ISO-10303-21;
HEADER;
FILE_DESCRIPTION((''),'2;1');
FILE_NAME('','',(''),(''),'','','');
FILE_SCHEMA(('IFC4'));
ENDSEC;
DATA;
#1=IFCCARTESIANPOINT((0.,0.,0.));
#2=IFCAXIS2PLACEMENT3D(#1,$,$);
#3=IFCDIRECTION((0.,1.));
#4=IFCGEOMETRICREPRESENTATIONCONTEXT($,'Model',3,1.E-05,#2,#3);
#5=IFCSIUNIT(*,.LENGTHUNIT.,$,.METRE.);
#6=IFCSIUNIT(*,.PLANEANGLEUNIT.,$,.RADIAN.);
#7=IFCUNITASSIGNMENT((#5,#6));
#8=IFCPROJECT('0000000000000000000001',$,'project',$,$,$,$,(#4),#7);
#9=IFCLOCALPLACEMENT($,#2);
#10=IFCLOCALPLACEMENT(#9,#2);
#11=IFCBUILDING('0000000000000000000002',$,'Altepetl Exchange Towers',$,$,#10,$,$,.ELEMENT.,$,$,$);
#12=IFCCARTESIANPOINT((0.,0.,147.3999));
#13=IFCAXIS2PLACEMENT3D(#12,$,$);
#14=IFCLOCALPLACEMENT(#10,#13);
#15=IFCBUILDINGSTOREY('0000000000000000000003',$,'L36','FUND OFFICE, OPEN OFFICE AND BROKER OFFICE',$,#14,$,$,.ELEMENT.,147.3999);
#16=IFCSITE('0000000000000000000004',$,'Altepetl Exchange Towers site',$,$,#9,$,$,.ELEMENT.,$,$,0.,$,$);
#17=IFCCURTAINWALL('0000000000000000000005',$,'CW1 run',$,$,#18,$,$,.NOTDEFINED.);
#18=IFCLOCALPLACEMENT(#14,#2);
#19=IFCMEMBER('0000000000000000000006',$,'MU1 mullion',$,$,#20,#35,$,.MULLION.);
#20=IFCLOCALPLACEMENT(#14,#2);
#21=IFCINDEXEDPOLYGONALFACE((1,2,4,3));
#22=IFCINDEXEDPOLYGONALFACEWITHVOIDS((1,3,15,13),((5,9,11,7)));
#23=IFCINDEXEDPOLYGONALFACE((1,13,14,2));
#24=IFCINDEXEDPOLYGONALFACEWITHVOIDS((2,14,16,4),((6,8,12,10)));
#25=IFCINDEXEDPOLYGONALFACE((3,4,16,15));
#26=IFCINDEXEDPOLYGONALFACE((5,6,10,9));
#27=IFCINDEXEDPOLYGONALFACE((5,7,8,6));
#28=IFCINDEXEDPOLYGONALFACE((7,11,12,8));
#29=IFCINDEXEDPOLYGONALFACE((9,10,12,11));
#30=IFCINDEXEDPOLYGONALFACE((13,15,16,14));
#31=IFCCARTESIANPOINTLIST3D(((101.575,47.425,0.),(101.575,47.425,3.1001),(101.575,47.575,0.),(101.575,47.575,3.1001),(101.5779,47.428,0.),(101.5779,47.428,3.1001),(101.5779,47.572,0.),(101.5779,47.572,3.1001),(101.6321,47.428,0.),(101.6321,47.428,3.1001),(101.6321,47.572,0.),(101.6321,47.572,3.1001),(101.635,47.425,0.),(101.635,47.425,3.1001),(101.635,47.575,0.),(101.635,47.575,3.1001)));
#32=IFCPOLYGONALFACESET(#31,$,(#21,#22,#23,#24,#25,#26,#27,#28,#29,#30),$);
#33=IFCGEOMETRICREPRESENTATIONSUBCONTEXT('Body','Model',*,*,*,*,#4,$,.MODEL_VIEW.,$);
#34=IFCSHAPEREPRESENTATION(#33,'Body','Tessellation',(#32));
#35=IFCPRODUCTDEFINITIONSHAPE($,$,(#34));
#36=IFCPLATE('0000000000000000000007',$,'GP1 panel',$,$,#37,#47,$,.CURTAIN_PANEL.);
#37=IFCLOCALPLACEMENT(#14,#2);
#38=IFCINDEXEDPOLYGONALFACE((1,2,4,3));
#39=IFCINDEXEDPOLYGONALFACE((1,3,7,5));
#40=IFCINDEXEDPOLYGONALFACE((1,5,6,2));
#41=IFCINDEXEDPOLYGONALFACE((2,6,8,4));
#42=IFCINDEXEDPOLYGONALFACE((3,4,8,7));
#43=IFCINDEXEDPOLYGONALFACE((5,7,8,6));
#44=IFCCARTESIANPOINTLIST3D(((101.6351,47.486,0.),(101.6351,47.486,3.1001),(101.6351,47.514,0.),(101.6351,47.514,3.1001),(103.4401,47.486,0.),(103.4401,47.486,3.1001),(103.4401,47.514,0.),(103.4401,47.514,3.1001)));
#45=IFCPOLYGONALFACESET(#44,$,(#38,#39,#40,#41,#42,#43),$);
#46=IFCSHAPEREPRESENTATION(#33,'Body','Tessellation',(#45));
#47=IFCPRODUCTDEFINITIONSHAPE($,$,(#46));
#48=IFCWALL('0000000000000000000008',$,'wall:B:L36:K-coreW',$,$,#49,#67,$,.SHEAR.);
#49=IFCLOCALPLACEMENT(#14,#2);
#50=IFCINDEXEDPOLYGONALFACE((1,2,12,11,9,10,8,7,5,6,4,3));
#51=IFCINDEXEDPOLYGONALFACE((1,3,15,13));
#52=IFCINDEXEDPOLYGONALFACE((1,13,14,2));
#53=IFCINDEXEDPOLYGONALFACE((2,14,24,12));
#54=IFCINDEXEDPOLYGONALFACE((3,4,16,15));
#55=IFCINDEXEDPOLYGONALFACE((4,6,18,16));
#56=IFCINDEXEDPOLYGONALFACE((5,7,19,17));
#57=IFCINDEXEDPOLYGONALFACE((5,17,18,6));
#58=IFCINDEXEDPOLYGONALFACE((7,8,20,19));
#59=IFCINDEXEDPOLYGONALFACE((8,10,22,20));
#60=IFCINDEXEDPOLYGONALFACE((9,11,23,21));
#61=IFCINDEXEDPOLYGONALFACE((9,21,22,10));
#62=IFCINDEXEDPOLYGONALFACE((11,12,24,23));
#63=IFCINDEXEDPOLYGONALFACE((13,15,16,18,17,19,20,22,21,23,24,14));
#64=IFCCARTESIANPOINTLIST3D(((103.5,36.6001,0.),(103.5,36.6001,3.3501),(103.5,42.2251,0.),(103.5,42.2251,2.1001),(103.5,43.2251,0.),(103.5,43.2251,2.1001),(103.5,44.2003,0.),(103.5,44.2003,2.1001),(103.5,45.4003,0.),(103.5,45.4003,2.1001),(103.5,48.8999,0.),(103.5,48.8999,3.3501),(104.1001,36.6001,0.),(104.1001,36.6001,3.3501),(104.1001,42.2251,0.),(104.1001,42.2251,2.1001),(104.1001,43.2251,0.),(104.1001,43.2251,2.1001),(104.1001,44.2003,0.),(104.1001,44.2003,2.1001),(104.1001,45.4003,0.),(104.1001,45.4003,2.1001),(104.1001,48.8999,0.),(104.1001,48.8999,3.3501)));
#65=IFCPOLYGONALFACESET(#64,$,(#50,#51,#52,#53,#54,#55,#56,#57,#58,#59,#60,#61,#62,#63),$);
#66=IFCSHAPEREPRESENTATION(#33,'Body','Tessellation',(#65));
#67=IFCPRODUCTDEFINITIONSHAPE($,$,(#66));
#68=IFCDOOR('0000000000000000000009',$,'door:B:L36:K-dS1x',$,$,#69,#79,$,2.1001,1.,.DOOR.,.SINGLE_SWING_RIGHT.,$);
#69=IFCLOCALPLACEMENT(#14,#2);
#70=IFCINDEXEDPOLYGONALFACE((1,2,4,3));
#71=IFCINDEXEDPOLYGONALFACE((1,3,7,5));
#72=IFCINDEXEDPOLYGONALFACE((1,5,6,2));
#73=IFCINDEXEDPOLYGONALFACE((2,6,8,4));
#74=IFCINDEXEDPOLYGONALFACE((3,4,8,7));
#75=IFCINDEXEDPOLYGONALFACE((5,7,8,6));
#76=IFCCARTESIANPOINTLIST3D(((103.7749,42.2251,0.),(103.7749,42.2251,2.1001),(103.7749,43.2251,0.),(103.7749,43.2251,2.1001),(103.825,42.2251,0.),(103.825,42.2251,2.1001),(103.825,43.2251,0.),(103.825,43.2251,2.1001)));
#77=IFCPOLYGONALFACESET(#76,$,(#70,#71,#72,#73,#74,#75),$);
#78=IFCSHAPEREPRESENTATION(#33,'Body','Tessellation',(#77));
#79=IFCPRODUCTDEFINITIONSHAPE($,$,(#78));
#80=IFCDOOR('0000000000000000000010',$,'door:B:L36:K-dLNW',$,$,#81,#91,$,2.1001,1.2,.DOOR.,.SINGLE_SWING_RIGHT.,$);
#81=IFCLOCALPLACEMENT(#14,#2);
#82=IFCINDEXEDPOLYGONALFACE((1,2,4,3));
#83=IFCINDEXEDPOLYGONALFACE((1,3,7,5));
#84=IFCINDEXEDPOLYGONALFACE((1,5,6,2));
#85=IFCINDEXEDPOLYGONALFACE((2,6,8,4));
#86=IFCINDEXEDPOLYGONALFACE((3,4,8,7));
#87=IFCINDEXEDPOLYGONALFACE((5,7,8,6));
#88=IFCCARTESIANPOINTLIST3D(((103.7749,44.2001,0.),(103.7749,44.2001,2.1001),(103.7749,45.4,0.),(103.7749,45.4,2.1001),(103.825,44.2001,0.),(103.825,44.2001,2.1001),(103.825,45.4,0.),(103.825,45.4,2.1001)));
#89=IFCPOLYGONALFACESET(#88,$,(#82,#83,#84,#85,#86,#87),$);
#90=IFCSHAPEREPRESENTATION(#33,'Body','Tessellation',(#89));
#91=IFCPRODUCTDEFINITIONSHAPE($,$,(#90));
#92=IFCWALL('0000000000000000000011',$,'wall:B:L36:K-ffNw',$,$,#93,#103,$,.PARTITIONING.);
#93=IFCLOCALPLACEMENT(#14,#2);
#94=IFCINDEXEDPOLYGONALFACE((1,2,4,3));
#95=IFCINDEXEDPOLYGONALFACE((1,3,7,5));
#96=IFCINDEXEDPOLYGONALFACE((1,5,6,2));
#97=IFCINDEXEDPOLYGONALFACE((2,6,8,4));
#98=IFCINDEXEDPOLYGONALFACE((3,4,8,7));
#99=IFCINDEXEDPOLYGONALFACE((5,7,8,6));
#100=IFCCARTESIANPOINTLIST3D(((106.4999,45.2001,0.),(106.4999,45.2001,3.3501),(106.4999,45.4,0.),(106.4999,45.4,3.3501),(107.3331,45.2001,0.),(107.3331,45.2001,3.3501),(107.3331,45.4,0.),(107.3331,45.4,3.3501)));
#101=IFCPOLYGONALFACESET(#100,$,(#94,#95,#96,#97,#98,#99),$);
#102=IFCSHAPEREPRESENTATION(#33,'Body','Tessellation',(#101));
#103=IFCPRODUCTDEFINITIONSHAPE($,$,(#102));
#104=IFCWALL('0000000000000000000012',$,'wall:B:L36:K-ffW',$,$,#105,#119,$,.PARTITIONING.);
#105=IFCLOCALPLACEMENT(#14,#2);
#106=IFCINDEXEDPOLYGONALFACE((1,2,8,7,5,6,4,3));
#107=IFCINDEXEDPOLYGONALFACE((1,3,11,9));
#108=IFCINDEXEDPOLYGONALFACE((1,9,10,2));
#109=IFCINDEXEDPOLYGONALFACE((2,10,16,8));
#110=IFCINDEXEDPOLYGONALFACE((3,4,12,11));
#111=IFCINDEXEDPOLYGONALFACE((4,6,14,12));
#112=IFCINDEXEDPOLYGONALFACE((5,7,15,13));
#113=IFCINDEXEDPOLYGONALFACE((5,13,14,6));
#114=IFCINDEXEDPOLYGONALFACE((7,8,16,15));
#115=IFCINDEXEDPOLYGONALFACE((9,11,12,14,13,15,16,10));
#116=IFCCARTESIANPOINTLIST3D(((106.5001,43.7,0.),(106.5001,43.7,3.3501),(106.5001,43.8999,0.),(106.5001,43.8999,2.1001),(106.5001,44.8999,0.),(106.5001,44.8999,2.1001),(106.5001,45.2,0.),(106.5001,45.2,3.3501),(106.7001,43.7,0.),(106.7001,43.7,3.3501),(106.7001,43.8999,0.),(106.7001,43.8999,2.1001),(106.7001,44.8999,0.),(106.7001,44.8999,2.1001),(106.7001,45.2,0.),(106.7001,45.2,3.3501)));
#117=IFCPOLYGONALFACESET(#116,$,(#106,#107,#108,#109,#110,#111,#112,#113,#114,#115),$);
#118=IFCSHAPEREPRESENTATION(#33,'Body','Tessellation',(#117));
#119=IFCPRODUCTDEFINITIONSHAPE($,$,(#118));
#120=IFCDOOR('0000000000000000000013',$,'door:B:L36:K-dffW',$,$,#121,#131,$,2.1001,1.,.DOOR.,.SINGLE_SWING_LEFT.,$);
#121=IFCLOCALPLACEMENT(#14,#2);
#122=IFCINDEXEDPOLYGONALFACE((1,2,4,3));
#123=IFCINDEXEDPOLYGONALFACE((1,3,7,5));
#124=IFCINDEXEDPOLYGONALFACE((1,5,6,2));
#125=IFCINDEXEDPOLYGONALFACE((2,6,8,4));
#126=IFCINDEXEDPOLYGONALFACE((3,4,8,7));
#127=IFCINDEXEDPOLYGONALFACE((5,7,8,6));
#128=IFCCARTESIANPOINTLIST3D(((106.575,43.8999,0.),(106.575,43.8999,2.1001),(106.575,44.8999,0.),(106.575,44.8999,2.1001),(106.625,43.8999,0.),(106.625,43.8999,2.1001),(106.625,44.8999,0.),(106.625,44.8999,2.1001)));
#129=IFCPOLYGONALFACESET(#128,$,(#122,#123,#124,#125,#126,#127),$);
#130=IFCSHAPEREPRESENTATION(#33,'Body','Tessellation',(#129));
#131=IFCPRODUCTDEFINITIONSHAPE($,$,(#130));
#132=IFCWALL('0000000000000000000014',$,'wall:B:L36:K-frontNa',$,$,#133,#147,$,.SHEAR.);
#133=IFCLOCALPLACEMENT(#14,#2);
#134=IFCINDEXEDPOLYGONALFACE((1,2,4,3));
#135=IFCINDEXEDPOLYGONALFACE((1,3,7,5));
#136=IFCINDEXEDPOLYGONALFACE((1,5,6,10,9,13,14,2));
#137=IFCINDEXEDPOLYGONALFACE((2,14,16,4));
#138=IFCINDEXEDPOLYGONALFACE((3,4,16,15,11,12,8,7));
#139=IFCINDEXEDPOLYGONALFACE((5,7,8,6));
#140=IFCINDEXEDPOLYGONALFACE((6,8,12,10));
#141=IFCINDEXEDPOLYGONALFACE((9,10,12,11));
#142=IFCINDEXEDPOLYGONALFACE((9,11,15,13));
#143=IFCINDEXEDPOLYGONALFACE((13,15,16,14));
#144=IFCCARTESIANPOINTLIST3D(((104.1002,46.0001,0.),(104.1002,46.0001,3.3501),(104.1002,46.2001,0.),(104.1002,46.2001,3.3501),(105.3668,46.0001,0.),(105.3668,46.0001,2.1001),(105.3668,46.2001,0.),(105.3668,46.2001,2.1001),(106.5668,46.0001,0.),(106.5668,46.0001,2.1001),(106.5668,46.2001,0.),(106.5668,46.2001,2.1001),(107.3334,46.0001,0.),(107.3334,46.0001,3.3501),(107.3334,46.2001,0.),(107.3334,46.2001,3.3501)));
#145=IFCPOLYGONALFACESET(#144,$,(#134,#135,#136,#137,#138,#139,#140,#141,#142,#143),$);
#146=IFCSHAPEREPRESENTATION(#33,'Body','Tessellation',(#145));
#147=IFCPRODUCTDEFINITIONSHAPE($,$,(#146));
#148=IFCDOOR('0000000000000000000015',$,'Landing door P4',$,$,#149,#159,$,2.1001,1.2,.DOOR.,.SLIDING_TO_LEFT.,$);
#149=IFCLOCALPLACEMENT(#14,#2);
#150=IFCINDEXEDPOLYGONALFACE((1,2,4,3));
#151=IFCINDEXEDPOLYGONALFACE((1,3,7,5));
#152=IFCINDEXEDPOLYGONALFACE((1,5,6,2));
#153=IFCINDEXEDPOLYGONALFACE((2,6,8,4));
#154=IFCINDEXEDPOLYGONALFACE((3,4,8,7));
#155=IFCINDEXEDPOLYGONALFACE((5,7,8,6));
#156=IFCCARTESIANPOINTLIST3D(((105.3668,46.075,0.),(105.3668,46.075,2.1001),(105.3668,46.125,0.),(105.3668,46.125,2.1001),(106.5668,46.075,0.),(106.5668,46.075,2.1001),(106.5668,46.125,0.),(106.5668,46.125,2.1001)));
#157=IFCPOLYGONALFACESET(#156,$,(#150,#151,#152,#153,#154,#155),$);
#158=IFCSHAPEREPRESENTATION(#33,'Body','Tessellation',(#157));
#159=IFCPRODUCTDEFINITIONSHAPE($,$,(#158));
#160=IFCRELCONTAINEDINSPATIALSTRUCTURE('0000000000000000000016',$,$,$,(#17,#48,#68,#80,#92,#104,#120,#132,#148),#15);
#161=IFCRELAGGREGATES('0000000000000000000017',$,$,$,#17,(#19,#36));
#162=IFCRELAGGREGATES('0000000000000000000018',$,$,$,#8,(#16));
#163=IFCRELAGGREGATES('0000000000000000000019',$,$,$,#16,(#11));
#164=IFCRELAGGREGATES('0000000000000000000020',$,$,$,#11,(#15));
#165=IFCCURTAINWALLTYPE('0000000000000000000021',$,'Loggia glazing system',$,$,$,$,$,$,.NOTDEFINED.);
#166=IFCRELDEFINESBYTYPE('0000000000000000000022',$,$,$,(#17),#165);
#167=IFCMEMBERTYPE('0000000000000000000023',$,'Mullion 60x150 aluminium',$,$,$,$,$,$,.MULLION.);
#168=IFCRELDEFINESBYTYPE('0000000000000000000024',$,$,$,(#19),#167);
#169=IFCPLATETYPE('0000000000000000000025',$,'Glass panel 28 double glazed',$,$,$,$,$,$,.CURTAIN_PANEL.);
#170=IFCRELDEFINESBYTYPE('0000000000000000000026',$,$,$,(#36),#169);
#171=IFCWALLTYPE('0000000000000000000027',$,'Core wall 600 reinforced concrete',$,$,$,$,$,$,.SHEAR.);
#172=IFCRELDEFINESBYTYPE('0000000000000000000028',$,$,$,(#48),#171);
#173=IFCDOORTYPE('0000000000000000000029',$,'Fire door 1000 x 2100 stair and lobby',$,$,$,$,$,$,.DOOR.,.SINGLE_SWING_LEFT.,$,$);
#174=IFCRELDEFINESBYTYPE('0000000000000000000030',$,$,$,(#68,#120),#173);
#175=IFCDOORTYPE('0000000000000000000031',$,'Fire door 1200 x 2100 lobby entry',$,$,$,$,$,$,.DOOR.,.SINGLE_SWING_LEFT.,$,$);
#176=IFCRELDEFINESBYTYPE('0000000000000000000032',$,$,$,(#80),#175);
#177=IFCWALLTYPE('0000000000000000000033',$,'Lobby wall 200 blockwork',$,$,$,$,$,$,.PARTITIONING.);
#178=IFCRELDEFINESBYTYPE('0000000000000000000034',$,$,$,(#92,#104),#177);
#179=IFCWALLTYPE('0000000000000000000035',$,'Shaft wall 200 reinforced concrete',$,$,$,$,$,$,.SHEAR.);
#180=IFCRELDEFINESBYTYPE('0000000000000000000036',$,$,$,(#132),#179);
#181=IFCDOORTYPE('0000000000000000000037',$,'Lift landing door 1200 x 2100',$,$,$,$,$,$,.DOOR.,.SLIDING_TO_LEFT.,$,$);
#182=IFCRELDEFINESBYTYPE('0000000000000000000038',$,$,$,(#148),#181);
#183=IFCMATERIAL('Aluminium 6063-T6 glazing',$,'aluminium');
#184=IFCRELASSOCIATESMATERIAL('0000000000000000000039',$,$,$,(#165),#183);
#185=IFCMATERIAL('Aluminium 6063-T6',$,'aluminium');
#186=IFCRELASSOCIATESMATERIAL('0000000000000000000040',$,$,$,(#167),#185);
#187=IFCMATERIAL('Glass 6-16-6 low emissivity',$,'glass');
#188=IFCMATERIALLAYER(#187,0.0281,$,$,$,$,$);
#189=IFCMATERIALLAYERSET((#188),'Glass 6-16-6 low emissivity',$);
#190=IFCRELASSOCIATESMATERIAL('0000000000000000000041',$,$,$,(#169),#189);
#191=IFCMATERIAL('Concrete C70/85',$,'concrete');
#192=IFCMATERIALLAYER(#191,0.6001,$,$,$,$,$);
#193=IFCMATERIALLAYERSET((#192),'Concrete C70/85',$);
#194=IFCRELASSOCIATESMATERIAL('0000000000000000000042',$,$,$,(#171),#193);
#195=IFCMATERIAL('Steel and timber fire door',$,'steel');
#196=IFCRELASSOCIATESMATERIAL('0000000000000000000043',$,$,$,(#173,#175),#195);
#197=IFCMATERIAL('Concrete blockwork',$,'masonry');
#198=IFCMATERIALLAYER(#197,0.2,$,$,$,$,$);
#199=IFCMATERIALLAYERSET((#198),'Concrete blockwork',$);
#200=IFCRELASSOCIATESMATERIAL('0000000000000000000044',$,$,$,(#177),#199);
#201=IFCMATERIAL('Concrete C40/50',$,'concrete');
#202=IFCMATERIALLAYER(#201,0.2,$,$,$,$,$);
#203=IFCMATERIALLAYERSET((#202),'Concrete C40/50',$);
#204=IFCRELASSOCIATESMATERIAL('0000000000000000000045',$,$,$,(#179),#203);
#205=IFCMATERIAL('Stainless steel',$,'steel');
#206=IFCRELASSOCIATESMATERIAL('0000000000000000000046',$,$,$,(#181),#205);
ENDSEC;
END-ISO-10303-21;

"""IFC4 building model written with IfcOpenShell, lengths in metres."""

from ifc_helpers import new_model, si_unit, direction, frame, frame_2d, origin, origin_2d, place, context, subcontext, project, spatial, rectangle, hollow_rectangle, extrude, material, layer, layer_set, material_profile, profile_set, type_object, element, fill, aggregate, save


model = new_model("IFC4")

# Units and contexts
model_context = context("Model", 3, precision=1e-05, world=origin(), true_north=direction((0.0, 1.0)))
body_context = subcontext(model_context, "Body", "Model", "MODEL_VIEW")
ifc_project = project(units=[si_unit("LENGTHUNIT", "METRE"), si_unit("PLANEANGLEUNIT", "RADIAN")], contexts=[model_context])

# Site, building, storey
site_placement = place(None, origin())
site = spatial("IfcSite", under=ifc_project, at=site_placement, Name="Altepetl Exchange Towers site", CompositionType="ELEMENT", RefElevation=0.0)
building_placement = place(site_placement, origin())
building = spatial("IfcBuilding", under=site, at=building_placement, Name="Altepetl Exchange Towers", CompositionType="ELEMENT")
storey_placement = place(building_placement, frame((0.0, 0.0, 147.3999)))
storey = spatial("IfcBuildingStorey", under=building, at=storey_placement, Name="L36", Description="FUND OFFICE, OPEN OFFICE AND BROKER OFFICE", CompositionType="ELEMENT", Elevation=147.3999)

# Curtain wall, member, plate
ifc_material_1 = material(Name="Aluminium 6063-T6 glazing", Category="aluminium")
curtain_wall_type = type_object("IfcCurtainWallType", Name="Loggia glazing system", PredefinedType="NOTDEFINED", material=ifc_material_1)
curtain_wall_placement = place(storey_placement, origin())
curtain_wall = element("IfcCurtainWall", 1, at=curtain_wall_placement, inside=storey, type_object=curtain_wall_type, Name="CW1 run", PredefinedType="NOTDEFINED")
ifc_material_2 = material(Name="Aluminium 6063-T6", Category="aluminium")
ifc_material_profile = material_profile(ifc_material_2, hollow_rectangle(XDim=0.0601, YDim=0.1499, WallThickness=0.0029, at=origin_2d()), Name="Mullion 60x150 aluminium")
ifc_profile_set = profile_set([ifc_material_profile], Name="Aluminium 6063-T6")
member_type = type_object("IfcMemberType", Name="Mullion 60x150 aluminium", PredefinedType="MULLION", material=ifc_profile_set)
member_placement = place(storey_placement, frame((101.605, 47.5, 0.0), z_axis=(0.0, 0.0, 1.0), x_axis=(-1.0, 0.0, 0.0)))
member = element("IfcMember", 2, at=member_placement, type_object=member_type, Name="MU1 mullion", PredefinedType="MULLION", context=body_context, shape_type="SweptSolid", body=[
    extrude(hollow_rectangle(XDim=0.0601, YDim=0.1499, WallThickness=0.0029, at=origin_2d()), origin(), (0.0, 0.0, 1.0), 3.1001),
])
ifc_material_3 = material(Name="Glass 6-16-6 low emissivity", Category="glass")
ifc_layer_1 = layer(ifc_material_3, 0.0281)
ifc_layer_set_1 = layer_set([ifc_layer_1], Name="Glass 6-16-6 low emissivity")
plate_type = type_object("IfcPlateType", Name="Glass panel 28 double glazed", PredefinedType="CURTAIN_PANEL", material=ifc_layer_set_1)
plate_placement = place(storey_placement, frame((102.5376, 47.5, 0.0), z_axis=(0.0, 0.0, 1.0), x_axis=(-1.0, 0.0, 0.0)))
plate = element("IfcPlate", 3, at=plate_placement, type_object=plate_type, Name="GP1 panel", PredefinedType="CURTAIN_PANEL", context=body_context, shape_type="SweptSolid", body=[
    extrude(rectangle(XDim=1.8049, YDim=0.0281, at=origin_2d()), origin(), (0.0, 0.0, 1.0), 3.1001),
])
aggregate(curtain_wall, [member, plate])

# Wall, openings, doors
ifc_material_4 = material(Name="Concrete C70/85", Category="concrete")
ifc_layer_2 = layer(ifc_material_4, 0.6001)
ifc_layer_set_2 = layer_set([ifc_layer_2], Name="Concrete C70/85")
wall_type_1 = type_object("IfcWallType", Name="Core wall 600 reinforced concrete", PredefinedType="SHEAR", material=ifc_layer_set_2)
wall_1_placement = place(storey_placement, frame((103.8, 36.6001, 0.0), z_axis=(0.0, 0.0, 1.0), x_axis=(0.0, 1.0, 0.0)))
wall_1 = element("IfcWall", 4, at=wall_1_placement, inside=storey, type_object=wall_type_1, Name="wall:B:L36:K-coreW", PredefinedType="SHEAR", context=body_context, shape_type="SweptSolid", body=[
    extrude(rectangle(XDim=12.2998, YDim=0.6001, at=frame_2d((6.1499, 0.0))), origin(), (0.0, 0.0, 1.0), 3.3501),
])
opening_1_placement = place(wall_1_placement, frame((7.6001, 0.0, 0.0)))
opening_1 = element("IfcOpeningElement", 5, at=opening_1_placement, cuts=wall_1, PredefinedType="OPENING", context=body_context, shape_type="SweptSolid", body=[
    extrude(rectangle(XDim=1.2, YDim=2.1001, at=frame_2d((0.6001, 1.05))), frame((0.0, 0.3101, 0.0), z_axis=(0.0, -1.0, 0.0), x_axis=(1.0, 0.0, 0.0)), (0.0, 0.0, 1.0), 0.6201),
])
opening_2_placement = place(wall_1_placement, frame((5.625, 0.0, 0.0)))
opening_2 = element("IfcOpeningElement", 6, at=opening_2_placement, cuts=wall_1, PredefinedType="OPENING", context=body_context, shape_type="SweptSolid", body=[
    extrude(rectangle(XDim=1.0, YDim=2.1001, at=frame_2d((0.5, 1.05))), frame((0.0, 0.3101, 0.0), z_axis=(0.0, -1.0, 0.0), x_axis=(1.0, 0.0, 0.0)), (0.0, 0.0, 1.0), 0.6201),
])
ifc_material_5 = material(Name="Steel and timber fire door", Category="steel")
door_type_1 = type_object("IfcDoorType", Name="Fire door 1000 x 2100 stair and lobby", OperationType="SINGLE_SWING_LEFT", PredefinedType="DOOR", material=ifc_material_5)
door_1_placement = place(opening_2_placement, frame((1.0, 0.0, 0.0), x_axis=(-1.0, 0.0, 0.0)))
door_1 = element("IfcDoor", 7, at=door_1_placement, inside=storey, type_object=door_type_1, Name="door:B:L36:K-dS1x", OperationType="SINGLE_SWING_RIGHT", OverallHeight=2.1001, OverallWidth=1.0, PredefinedType="DOOR", context=body_context, shape_type="SweptSolid", body=[
    extrude(rectangle(XDim=1.0, YDim=2.1001, at=frame_2d((0.5, 1.05))), frame((0.0, 0.0249, 0.0), z_axis=(0.0, -1.0, 0.0), x_axis=(1.0, 0.0, 0.0)), (0.0, 0.0, 1.0), 0.05),
])
fill(opening_2, door_1)
door_type_2 = type_object("IfcDoorType", Name="Fire door 1200 x 2100 lobby entry", OperationType="SINGLE_SWING_LEFT", PredefinedType="DOOR", material=ifc_material_5)
door_2_placement = place(opening_1_placement, frame((1.2, 0.0, 0.0), x_axis=(-1.0, 0.0, 0.0)))
door_2 = element("IfcDoor", 8, at=door_2_placement, inside=storey, type_object=door_type_2, Name="door:B:L36:K-dLNW", OperationType="SINGLE_SWING_RIGHT", OverallHeight=2.1001, OverallWidth=1.2, PredefinedType="DOOR", context=body_context, shape_type="SweptSolid", body=[
    extrude(rectangle(XDim=1.2, YDim=2.1001, at=frame_2d((0.6001, 1.05))), frame((0.0, 0.0249, 0.0), z_axis=(0.0, -1.0, 0.0), x_axis=(1.0, 0.0, 0.0)), (0.0, 0.0, 1.0), 0.05),
])
fill(opening_1, door_2)

# Wall
ifc_material_6 = material(Name="Concrete blockwork", Category="masonry")
ifc_layer_3 = layer(ifc_material_6, 0.2)
ifc_layer_set_3 = layer_set([ifc_layer_3], Name="Concrete blockwork")
wall_type_2 = type_object("IfcWallType", Name="Lobby wall 200 blockwork", PredefinedType="PARTITIONING", material=ifc_layer_set_3)
wall_2_placement = place(storey_placement, frame((106.5, 45.3, 0.0)))
element("IfcWall", 9, at=wall_2_placement, inside=storey, type_object=wall_type_2, Name="wall:B:L36:K-ffNw", PredefinedType="PARTITIONING", context=body_context, shape_type="SweptSolid", body=[
    extrude(rectangle(XDim=0.8333, YDim=0.2, at=frame_2d((0.4165, 0.0))), origin(), (0.0, 0.0, 1.0), 3.3501),
])

# Walls, openings, doors
wall_3_placement = place(storey_placement, frame((106.6001, 43.7, 0.0), z_axis=(0.0, 0.0, 1.0), x_axis=(0.0, 1.0, 0.0)))
wall_3 = element("IfcWall", 10, at=wall_3_placement, inside=storey, type_object=wall_type_2, Name="wall:B:L36:K-ffW", PredefinedType="PARTITIONING", context=body_context, shape_type="SweptSolid", body=[
    extrude(rectangle(XDim=1.5, YDim=0.2, at=frame_2d((0.75, 0.0))), origin(), (0.0, 0.0, 1.0), 3.3501),
])
opening_3_placement = place(wall_3_placement, frame((0.2, 0.0, 0.0)))
opening_3 = element("IfcOpeningElement", 11, at=opening_3_placement, cuts=wall_3, PredefinedType="OPENING", context=body_context, shape_type="SweptSolid", body=[
    extrude(rectangle(XDim=1.0, YDim=2.1001, at=frame_2d((0.5, 1.05))), frame((0.0, 0.1099, 0.0), z_axis=(0.0, -1.0, 0.0), x_axis=(1.0, 0.0, 0.0)), (0.0, 0.0, 1.0), 0.22),
])
door_3_placement = place(opening_3_placement, frame((1.0, 0.0, 0.0), x_axis=(-1.0, 0.0, 0.0)))
door_3 = element("IfcDoor", 12, at=door_3_placement, inside=storey, type_object=door_type_1, Name="door:B:L36:K-dffW", OperationType="SINGLE_SWING_LEFT", OverallHeight=2.1001, OverallWidth=1.0, PredefinedType="DOOR", context=body_context, shape_type="SweptSolid", body=[
    extrude(rectangle(XDim=1.0, YDim=2.1001, at=frame_2d((0.5, 1.05))), frame((0.0, 0.0249, 0.0), z_axis=(0.0, -1.0, 0.0), x_axis=(1.0, 0.0, 0.0)), (0.0, 0.0, 1.0), 0.05),
])
fill(opening_3, door_3)
ifc_material_7 = material(Name="Concrete C40/50", Category="concrete")
ifc_layer_4 = layer(ifc_material_7, 0.2)
ifc_layer_set_4 = layer_set([ifc_layer_4], Name="Concrete C40/50")
wall_type_3 = type_object("IfcWallType", Name="Shaft wall 200 reinforced concrete", PredefinedType="SHEAR", material=ifc_layer_set_4)
wall_4_placement = place(storey_placement, frame((104.1001, 46.1001, 0.0)))
wall_4 = element("IfcWall", 13, at=wall_4_placement, inside=storey, type_object=wall_type_3, Name="wall:B:L36:K-frontNa", PredefinedType="SHEAR", context=body_context, shape_type="SweptSolid", body=[
    extrude(rectangle(XDim=3.2332, YDim=0.2, at=frame_2d((1.6167, 0.0))), origin(), (0.0, 0.0, 1.0), 3.3501),
])
opening_4_placement = place(wall_4_placement, frame((1.2666, 0.0, 0.0)))
opening_4 = element("IfcOpeningElement", 14, at=opening_4_placement, cuts=wall_4, PredefinedType="OPENING", context=body_context, shape_type="SweptSolid", body=[
    extrude(rectangle(XDim=1.2, YDim=2.1001, at=frame_2d((0.6001, 1.05))), frame((0.0, 0.1099, 0.0), z_axis=(0.0, -1.0, 0.0), x_axis=(1.0, 0.0, 0.0)), (0.0, 0.0, 1.0), 0.22),
])
ifc_material_8 = material(Name="Stainless steel", Category="steel")
door_type_3 = type_object("IfcDoorType", Name="Lift landing door 1200 x 2100", OperationType="SLIDING_TO_LEFT", PredefinedType="DOOR", material=ifc_material_8)
door_4_placement = place(opening_4_placement, origin())
door_4 = element("IfcDoor", 15, at=door_4_placement, inside=storey, type_object=door_type_3, Name="Landing door P4", OperationType="SLIDING_TO_LEFT", OverallHeight=2.1001, OverallWidth=1.2, PredefinedType="DOOR", context=body_context, shape_type="SweptSolid", body=[
    extrude(rectangle(XDim=1.2, YDim=2.1001, at=frame_2d((0.6001, 1.05))), frame((0.0, 0.0249, 0.0), z_axis=(0.0, -1.0, 0.0), x_axis=(1.0, 0.0, 0.0)), (0.0, 0.0, 1.0), 0.05),
])
fill(opening_4, door_4)

save(model, "model.ifc")
